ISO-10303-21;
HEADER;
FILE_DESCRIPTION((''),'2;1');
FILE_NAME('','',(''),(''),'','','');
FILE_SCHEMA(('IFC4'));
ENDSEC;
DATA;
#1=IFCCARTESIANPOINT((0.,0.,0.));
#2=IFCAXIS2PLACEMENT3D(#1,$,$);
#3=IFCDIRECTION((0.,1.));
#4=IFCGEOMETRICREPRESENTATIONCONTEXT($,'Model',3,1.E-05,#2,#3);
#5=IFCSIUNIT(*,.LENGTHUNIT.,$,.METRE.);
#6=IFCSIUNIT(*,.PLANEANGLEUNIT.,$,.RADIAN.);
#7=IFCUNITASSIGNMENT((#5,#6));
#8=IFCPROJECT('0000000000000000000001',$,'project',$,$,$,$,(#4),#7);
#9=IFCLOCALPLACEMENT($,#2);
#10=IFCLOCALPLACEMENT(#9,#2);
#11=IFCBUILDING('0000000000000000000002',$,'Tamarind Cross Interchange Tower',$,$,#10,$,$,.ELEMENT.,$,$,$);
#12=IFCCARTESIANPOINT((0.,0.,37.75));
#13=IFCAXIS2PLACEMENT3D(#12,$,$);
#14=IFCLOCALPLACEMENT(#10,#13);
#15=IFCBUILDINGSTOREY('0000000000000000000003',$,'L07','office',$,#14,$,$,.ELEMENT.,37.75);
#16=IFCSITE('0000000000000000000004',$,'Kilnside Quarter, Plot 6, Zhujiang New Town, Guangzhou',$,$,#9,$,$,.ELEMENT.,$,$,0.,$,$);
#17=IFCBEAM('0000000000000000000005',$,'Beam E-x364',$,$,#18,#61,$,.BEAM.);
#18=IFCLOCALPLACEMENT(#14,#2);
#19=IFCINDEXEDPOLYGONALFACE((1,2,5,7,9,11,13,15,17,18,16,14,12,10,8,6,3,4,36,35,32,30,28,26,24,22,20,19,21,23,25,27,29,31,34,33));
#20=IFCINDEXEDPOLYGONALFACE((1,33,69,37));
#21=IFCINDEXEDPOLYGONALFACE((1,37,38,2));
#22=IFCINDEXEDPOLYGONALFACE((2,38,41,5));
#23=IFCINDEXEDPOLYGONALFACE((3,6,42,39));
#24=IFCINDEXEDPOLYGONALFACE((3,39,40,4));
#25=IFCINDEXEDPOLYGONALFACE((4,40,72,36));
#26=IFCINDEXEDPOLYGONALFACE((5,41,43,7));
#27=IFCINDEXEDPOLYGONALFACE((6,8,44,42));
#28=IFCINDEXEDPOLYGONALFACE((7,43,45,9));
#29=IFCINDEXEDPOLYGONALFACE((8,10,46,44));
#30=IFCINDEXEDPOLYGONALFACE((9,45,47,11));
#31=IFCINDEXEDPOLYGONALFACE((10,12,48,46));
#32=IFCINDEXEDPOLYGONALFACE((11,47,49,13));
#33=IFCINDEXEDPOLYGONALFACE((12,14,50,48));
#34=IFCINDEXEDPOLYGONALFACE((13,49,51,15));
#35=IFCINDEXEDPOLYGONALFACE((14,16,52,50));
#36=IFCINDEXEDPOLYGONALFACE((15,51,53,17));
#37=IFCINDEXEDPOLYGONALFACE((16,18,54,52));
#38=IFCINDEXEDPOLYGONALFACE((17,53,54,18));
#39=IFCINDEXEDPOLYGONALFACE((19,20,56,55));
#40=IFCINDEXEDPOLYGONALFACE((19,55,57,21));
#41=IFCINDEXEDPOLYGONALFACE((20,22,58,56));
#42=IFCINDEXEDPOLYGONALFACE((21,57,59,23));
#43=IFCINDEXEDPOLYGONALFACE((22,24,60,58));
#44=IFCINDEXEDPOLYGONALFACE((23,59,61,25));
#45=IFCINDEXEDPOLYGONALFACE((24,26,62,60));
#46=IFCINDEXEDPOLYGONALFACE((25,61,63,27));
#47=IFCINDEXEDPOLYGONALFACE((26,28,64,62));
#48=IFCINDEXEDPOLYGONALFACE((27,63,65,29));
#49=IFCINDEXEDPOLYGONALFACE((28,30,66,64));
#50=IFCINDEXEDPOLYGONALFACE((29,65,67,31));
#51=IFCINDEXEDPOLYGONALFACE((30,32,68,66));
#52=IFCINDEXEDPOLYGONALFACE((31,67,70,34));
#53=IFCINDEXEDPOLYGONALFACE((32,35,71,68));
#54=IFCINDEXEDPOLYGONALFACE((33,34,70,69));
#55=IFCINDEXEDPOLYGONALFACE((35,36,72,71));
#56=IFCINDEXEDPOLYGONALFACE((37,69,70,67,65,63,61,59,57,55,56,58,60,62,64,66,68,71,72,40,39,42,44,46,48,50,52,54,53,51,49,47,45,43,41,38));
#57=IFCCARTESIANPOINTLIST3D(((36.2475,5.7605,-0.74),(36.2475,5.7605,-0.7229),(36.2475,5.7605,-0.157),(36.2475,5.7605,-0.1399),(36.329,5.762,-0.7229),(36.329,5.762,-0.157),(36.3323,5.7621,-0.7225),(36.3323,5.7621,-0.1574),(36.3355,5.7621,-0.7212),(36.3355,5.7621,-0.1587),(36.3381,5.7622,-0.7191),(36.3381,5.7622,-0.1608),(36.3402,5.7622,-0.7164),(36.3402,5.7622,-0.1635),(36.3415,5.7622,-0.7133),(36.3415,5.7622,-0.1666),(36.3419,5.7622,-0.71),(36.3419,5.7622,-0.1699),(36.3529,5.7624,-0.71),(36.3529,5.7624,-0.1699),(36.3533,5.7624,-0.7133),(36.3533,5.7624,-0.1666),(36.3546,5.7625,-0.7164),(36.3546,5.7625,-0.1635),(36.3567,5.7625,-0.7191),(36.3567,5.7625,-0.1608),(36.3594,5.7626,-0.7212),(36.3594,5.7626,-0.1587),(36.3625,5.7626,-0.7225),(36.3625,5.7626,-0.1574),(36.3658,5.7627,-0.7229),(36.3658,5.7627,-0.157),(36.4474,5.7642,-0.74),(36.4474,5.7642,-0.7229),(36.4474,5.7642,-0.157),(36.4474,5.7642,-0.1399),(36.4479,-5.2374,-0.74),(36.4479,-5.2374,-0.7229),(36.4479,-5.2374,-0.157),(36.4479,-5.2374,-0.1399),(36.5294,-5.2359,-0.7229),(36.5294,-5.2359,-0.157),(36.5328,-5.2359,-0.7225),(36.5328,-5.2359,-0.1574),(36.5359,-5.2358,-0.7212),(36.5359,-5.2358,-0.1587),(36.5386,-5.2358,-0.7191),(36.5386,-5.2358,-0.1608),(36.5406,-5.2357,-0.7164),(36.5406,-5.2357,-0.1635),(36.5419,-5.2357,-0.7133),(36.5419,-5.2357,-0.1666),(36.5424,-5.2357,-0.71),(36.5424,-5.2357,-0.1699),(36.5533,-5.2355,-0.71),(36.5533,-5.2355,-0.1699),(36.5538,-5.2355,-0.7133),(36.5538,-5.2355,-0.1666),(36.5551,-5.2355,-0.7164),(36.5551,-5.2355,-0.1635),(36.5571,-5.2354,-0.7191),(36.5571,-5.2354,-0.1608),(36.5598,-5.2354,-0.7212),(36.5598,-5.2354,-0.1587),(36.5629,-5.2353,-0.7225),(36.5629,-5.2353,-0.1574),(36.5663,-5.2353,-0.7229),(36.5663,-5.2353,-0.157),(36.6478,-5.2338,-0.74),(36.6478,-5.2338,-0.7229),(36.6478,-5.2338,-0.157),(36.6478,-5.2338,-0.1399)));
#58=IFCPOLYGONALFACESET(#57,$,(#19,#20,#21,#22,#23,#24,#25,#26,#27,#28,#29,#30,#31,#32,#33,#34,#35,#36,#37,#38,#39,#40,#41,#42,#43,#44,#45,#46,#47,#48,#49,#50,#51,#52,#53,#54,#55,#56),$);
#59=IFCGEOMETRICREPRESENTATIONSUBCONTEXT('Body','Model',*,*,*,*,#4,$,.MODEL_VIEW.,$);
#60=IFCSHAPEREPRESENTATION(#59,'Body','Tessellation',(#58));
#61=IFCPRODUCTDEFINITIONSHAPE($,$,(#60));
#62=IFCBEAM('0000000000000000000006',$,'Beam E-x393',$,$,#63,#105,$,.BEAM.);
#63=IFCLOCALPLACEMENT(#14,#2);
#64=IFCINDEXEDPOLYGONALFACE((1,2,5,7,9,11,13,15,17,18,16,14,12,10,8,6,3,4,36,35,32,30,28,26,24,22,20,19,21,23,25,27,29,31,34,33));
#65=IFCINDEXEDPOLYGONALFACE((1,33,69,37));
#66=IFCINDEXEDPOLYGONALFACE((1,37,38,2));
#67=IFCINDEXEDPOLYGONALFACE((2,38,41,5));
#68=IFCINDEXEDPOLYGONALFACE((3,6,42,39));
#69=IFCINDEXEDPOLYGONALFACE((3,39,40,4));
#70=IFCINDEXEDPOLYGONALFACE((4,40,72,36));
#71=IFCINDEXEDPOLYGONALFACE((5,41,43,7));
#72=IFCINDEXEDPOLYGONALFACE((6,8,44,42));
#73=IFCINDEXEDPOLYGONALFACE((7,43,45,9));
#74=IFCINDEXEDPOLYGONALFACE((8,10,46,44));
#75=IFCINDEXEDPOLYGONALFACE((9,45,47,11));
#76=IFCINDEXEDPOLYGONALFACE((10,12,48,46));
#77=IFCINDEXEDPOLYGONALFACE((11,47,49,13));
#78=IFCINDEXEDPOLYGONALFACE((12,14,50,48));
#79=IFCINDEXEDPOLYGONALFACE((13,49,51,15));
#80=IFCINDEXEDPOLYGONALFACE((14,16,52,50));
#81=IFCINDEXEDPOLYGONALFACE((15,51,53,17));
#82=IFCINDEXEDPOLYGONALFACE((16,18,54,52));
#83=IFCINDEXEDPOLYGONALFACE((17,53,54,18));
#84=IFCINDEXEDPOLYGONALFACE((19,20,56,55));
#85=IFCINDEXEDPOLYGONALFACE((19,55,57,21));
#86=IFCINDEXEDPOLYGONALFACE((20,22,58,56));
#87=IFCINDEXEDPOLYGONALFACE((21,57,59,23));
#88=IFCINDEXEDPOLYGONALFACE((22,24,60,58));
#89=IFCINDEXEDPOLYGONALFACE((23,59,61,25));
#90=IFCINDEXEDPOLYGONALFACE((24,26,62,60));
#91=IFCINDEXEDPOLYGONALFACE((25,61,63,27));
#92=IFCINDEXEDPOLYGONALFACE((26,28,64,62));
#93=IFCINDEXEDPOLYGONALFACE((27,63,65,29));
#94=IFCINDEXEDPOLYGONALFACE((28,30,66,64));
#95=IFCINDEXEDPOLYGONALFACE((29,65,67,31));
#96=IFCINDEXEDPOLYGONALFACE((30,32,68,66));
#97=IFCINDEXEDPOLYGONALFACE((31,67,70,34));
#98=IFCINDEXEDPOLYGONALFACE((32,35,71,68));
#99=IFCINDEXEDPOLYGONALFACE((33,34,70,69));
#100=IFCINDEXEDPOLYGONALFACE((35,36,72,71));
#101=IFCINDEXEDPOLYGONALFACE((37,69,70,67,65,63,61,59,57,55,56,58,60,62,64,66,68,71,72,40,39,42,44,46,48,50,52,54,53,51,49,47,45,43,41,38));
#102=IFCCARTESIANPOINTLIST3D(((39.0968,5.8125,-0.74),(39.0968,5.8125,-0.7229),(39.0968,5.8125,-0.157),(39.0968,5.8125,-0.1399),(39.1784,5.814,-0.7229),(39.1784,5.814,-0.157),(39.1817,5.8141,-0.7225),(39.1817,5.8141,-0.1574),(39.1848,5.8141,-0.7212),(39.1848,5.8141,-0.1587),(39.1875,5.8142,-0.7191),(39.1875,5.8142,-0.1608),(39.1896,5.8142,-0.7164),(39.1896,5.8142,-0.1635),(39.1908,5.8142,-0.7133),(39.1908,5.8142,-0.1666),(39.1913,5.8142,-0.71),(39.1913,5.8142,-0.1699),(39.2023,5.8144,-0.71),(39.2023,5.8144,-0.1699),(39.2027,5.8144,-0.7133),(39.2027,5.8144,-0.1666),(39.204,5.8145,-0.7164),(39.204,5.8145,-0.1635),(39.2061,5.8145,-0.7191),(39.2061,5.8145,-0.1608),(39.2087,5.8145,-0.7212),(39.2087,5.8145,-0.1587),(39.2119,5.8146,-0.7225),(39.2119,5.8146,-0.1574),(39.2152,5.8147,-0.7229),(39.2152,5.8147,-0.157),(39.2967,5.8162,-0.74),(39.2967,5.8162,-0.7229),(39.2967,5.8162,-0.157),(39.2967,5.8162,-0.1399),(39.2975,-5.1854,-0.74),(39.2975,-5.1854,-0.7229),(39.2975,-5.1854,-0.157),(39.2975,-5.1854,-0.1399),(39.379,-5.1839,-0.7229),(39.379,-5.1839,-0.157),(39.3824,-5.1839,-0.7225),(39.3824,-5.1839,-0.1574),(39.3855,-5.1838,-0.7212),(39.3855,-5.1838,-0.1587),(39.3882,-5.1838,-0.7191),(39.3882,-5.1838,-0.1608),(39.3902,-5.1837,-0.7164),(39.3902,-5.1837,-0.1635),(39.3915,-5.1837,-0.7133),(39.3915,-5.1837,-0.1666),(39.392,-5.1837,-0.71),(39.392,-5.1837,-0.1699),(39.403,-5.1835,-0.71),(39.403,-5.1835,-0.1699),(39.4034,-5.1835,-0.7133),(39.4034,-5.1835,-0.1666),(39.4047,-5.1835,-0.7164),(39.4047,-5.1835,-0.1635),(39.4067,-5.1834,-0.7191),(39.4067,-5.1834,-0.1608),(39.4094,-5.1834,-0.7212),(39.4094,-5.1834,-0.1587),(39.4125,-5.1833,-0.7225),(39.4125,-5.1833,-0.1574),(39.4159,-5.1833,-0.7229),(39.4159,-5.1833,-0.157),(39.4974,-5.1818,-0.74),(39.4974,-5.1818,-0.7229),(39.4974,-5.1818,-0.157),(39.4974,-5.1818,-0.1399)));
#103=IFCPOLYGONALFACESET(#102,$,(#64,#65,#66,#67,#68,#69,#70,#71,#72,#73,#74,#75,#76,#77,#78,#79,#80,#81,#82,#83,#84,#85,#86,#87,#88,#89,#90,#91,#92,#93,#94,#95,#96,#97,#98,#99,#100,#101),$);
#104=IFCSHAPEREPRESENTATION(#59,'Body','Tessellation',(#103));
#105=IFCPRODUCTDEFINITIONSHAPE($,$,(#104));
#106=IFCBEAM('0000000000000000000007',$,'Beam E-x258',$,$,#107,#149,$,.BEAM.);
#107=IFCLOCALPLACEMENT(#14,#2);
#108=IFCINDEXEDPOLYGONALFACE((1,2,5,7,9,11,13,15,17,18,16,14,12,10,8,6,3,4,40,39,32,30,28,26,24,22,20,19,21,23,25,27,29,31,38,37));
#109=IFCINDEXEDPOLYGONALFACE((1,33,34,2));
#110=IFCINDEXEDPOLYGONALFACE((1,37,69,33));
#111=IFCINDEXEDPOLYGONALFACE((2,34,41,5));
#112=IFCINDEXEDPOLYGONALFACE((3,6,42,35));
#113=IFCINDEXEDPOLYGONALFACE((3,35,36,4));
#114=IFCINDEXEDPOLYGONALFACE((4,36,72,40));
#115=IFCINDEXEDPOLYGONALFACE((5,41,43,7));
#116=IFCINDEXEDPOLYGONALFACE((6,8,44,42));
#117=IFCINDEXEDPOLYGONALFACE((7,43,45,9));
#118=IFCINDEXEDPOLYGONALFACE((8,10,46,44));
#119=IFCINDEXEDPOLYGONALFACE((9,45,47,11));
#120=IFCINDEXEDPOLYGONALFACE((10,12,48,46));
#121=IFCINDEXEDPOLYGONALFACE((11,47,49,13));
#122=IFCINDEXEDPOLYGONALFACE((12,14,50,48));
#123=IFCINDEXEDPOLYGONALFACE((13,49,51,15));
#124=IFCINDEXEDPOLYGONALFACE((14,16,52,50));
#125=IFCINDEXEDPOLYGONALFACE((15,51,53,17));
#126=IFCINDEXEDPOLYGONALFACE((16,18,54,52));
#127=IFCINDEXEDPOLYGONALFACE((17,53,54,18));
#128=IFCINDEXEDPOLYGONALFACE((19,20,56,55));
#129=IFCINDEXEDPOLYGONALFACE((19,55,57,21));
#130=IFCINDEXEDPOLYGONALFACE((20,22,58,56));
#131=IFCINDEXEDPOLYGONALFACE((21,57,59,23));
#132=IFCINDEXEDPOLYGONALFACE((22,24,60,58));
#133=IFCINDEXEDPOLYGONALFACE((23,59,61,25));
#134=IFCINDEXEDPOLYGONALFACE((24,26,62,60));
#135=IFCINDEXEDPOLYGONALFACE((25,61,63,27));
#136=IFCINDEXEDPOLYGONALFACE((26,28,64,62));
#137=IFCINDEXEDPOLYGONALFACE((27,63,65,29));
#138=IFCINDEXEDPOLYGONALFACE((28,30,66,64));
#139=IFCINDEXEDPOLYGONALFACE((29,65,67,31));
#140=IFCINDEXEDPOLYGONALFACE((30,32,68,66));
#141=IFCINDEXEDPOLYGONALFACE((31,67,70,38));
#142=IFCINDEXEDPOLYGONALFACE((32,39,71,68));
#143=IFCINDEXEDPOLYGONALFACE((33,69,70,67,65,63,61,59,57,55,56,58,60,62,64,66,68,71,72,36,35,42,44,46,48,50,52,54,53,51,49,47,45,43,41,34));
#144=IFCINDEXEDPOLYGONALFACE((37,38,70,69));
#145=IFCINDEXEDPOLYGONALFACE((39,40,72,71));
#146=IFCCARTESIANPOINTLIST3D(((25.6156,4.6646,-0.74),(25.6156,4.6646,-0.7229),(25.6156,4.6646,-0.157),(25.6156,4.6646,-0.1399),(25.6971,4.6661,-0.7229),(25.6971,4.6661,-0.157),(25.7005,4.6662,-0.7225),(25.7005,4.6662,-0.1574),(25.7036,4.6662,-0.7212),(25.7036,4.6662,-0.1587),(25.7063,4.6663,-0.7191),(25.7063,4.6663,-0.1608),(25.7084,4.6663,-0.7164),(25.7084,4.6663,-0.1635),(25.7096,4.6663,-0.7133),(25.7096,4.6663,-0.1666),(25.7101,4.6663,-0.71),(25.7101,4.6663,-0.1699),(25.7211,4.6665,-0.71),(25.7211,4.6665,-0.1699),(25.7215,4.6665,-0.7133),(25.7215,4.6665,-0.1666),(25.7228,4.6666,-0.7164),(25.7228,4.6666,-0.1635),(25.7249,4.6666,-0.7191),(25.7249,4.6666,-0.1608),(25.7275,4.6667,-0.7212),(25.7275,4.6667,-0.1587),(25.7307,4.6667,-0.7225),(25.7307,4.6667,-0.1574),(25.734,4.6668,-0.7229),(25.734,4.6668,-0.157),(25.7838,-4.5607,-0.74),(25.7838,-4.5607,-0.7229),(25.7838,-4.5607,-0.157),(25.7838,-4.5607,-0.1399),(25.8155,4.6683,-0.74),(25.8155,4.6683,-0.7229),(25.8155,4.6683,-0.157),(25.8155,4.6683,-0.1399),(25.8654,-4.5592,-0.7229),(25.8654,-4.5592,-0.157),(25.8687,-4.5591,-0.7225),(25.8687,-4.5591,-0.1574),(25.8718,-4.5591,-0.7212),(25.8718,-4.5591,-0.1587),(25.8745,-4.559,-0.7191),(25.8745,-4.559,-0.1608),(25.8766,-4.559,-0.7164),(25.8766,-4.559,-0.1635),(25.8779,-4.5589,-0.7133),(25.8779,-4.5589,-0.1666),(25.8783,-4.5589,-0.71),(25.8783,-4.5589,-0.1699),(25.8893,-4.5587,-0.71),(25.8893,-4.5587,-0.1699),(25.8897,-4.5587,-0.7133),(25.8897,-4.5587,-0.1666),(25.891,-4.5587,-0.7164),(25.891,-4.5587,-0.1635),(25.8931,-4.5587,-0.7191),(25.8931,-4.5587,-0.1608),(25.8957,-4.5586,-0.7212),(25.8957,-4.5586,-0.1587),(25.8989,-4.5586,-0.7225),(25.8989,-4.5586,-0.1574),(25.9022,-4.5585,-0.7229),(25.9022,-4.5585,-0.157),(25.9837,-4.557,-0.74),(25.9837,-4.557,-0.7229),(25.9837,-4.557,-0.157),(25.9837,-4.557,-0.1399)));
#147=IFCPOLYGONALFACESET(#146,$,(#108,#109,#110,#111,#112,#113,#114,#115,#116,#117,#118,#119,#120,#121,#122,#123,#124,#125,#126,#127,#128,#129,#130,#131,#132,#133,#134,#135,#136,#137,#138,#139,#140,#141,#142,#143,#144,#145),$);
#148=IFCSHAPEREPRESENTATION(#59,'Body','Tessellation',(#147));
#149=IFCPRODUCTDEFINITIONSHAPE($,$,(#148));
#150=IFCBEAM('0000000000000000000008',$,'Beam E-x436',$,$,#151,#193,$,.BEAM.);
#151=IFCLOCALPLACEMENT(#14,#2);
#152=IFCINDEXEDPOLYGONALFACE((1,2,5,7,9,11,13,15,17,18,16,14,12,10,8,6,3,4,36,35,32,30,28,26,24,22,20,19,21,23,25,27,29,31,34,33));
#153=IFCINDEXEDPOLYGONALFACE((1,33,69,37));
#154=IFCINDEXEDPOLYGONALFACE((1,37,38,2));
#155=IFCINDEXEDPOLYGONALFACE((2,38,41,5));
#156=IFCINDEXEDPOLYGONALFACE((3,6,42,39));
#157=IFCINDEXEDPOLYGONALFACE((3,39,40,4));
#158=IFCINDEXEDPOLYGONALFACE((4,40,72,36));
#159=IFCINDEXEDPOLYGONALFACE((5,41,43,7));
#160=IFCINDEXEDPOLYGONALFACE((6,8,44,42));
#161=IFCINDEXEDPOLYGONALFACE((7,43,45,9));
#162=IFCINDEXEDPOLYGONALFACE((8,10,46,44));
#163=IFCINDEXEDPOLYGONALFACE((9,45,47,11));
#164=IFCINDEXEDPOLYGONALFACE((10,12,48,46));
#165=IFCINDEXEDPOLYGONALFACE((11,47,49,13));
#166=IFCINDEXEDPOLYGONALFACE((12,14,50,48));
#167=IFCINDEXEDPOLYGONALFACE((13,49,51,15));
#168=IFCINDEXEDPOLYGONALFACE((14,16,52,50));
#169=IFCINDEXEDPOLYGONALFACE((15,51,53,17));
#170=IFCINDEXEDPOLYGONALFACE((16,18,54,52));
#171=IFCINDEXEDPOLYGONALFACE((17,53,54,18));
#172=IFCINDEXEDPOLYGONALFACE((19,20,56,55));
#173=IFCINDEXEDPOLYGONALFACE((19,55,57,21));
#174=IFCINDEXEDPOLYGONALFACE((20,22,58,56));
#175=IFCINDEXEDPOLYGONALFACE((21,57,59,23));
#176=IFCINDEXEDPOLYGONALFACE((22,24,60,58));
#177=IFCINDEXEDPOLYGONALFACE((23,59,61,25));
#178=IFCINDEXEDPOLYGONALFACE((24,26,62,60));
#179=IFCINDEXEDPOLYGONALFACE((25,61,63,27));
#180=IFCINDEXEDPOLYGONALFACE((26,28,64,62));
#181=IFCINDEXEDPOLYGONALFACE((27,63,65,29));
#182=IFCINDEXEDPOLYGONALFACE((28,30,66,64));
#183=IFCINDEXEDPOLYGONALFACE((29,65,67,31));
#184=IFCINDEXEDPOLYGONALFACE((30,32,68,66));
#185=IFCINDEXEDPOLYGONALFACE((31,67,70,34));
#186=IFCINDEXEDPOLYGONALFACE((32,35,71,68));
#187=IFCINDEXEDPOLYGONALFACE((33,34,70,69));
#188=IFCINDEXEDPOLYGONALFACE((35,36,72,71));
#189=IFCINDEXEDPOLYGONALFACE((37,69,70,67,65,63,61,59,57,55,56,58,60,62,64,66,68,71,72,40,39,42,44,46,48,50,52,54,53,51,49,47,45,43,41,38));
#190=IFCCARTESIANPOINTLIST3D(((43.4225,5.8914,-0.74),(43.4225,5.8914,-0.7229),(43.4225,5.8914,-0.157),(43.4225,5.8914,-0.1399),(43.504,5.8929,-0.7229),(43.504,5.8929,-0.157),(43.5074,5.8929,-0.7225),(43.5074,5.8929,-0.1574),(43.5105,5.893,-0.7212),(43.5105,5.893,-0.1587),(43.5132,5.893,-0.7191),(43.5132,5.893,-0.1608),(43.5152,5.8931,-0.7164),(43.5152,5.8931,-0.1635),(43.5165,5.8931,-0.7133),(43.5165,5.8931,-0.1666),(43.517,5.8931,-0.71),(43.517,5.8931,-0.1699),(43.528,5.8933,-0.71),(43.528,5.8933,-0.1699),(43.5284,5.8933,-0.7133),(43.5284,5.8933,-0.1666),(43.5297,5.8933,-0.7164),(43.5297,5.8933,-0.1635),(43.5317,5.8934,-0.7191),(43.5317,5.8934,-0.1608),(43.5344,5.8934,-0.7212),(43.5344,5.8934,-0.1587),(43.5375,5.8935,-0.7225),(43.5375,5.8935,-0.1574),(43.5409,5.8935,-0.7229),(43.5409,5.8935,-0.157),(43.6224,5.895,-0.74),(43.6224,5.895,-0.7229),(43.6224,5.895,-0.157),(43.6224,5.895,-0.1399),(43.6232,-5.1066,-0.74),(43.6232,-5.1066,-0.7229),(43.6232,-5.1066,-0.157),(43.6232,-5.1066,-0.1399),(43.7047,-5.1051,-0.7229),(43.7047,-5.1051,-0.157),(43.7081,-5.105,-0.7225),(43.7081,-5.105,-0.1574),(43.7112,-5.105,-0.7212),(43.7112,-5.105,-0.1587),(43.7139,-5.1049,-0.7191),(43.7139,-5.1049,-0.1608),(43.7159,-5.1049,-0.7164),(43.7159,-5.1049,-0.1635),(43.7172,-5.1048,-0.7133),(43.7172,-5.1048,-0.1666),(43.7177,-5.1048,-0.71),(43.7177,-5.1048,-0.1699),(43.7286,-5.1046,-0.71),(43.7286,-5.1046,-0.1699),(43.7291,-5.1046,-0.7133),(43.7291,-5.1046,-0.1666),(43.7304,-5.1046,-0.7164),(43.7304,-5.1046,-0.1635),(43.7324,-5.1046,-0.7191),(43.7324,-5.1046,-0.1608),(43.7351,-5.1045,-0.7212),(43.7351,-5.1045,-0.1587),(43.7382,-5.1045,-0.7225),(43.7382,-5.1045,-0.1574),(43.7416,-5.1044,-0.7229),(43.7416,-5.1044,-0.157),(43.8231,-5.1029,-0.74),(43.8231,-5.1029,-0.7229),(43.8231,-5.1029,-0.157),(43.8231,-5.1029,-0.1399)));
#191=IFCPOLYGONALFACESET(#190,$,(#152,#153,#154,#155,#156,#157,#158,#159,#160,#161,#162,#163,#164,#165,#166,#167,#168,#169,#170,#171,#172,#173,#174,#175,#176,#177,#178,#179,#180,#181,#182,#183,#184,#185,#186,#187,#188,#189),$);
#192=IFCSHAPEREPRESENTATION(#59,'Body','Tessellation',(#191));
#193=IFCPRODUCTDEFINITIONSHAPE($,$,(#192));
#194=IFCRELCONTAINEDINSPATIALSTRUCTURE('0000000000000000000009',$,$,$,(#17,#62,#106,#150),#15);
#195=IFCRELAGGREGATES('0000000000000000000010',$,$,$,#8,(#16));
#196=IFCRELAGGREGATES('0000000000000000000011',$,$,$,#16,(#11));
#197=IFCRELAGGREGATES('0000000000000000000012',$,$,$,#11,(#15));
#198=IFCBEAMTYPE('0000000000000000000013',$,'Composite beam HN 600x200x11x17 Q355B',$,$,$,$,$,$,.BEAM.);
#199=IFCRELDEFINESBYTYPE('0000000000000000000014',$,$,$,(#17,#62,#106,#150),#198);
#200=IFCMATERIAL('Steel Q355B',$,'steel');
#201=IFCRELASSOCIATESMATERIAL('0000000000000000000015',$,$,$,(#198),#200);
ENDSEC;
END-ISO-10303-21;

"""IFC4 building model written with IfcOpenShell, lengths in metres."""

from ifc_helpers import new_model, si_unit, direction, frame, origin, origin_2d, place, context, subcontext, project, spatial, i_section, extrude, material, material_profile, profile_set, type_object, element, save


model = new_model("IFC4")

# Units and contexts
model_context = context("Model", 3, precision=1e-05, world=origin(), true_north=direction((0.0, 1.0)))
body_context = subcontext(model_context, "Body", "Model", "MODEL_VIEW")
ifc_project = project(units=[si_unit("LENGTHUNIT", "METRE"), si_unit("PLANEANGLEUNIT", "RADIAN")], contexts=[model_context])

# Site, building, storey
site_placement = place(None, origin())
site = spatial("IfcSite", under=ifc_project, at=site_placement, Name="Kilnside Quarter, Plot 6, Zhujiang New Town, Guangzhou", CompositionType="ELEMENT", RefElevation=0.0)
building_placement = place(site_placement, origin())
building = spatial("IfcBuilding", under=site, at=building_placement, Name="Tamarind Cross Interchange Tower", CompositionType="ELEMENT")
storey_placement = place(building_placement, frame((0.0, 0.0, 37.75)))
storey = spatial("IfcBuildingStorey", under=building, at=storey_placement, Name="L07", Description="office", CompositionType="ELEMENT", Elevation=37.75)

# Beams
ifc_material_1 = material(Name="Steel Q355B", Category="steel")
ifc_material_profile_1 = material_profile(ifc_material_1, i_section(OverallWidth=0.2, OverallDepth=0.6001, WebThickness=0.011, FlangeThickness=0.0171, FilletRadius=0.0129, at=origin_2d()), Name="HN 600x200x11x17")
ifc_profile_set_1 = profile_set([ifc_material_profile_1], Name="Steel Q355B")
beam_type_1 = type_object("IfcBeamType", Name="Composite beam HN 600x200x11x17 Q355B", PredefinedType="BEAM", material=ifc_profile_set_1)
for number, where, z_axis, x_axis, name in (
    (1, (36.5479, -5.2356, -0.4399), (-0.018222, 0.999834, 0.0), (-0.999834, -0.018222, 0.0), "Beam E-x364"),
    (2, (39.3975, -5.1836, -0.4399), (-0.018244, 0.999834, 0.0), (-0.999834, -0.018244, 0.0), "Beam E-x393"),
):
    element("IfcBeam", number, at=place(storey_placement, frame(where, z_axis=z_axis, x_axis=x_axis)), inside=storey, type_object=beam_type_1, Name=name, PredefinedType="BEAM", context=body_context, shape_type="SweptSolid", body=[
        extrude(i_section(OverallWidth=0.2, OverallDepth=0.6001, WebThickness=0.011, FlangeThickness=0.0171, FilletRadius=0.0129, at=origin_2d()), origin(), (0.0, 0.0, 1.0), 10.9998),
    ])
beam_1_placement = place(storey_placement, frame((25.8838, -4.5588, -0.4399), z_axis=(-0.018231, 0.999834, 0.0), x_axis=(-0.999834, -0.018231, 0.0)))
element("IfcBeam", 3, at=beam_1_placement, inside=storey, type_object=beam_type_1, Name="Beam E-x258", PredefinedType="BEAM", context=body_context, shape_type="SweptSolid", body=[
    extrude(i_section(OverallWidth=0.2, OverallDepth=0.6001, WebThickness=0.011, FlangeThickness=0.0171, FilletRadius=0.0129, at=origin_2d()), origin(), (0.0, 0.0, 1.0), 9.2268),
])
beam_2_placement = place(storey_placement, frame((43.7231, -5.1047, -0.4399), z_axis=(-0.018244, 0.999834, 0.0), x_axis=(-0.999834, -0.018244, 0.0)))
element("IfcBeam", 4, at=beam_2_placement, inside=storey, type_object=beam_type_1, Name="Beam E-x436", PredefinedType="BEAM", context=body_context, shape_type="SweptSolid", body=[
    extrude(i_section(OverallWidth=0.2, OverallDepth=0.6001, WebThickness=0.011, FlangeThickness=0.0171, FilletRadius=0.0129, at=origin_2d()), origin(), (0.0, 0.0, 1.0), 10.9998),
])

save(model, "model.ifc")
